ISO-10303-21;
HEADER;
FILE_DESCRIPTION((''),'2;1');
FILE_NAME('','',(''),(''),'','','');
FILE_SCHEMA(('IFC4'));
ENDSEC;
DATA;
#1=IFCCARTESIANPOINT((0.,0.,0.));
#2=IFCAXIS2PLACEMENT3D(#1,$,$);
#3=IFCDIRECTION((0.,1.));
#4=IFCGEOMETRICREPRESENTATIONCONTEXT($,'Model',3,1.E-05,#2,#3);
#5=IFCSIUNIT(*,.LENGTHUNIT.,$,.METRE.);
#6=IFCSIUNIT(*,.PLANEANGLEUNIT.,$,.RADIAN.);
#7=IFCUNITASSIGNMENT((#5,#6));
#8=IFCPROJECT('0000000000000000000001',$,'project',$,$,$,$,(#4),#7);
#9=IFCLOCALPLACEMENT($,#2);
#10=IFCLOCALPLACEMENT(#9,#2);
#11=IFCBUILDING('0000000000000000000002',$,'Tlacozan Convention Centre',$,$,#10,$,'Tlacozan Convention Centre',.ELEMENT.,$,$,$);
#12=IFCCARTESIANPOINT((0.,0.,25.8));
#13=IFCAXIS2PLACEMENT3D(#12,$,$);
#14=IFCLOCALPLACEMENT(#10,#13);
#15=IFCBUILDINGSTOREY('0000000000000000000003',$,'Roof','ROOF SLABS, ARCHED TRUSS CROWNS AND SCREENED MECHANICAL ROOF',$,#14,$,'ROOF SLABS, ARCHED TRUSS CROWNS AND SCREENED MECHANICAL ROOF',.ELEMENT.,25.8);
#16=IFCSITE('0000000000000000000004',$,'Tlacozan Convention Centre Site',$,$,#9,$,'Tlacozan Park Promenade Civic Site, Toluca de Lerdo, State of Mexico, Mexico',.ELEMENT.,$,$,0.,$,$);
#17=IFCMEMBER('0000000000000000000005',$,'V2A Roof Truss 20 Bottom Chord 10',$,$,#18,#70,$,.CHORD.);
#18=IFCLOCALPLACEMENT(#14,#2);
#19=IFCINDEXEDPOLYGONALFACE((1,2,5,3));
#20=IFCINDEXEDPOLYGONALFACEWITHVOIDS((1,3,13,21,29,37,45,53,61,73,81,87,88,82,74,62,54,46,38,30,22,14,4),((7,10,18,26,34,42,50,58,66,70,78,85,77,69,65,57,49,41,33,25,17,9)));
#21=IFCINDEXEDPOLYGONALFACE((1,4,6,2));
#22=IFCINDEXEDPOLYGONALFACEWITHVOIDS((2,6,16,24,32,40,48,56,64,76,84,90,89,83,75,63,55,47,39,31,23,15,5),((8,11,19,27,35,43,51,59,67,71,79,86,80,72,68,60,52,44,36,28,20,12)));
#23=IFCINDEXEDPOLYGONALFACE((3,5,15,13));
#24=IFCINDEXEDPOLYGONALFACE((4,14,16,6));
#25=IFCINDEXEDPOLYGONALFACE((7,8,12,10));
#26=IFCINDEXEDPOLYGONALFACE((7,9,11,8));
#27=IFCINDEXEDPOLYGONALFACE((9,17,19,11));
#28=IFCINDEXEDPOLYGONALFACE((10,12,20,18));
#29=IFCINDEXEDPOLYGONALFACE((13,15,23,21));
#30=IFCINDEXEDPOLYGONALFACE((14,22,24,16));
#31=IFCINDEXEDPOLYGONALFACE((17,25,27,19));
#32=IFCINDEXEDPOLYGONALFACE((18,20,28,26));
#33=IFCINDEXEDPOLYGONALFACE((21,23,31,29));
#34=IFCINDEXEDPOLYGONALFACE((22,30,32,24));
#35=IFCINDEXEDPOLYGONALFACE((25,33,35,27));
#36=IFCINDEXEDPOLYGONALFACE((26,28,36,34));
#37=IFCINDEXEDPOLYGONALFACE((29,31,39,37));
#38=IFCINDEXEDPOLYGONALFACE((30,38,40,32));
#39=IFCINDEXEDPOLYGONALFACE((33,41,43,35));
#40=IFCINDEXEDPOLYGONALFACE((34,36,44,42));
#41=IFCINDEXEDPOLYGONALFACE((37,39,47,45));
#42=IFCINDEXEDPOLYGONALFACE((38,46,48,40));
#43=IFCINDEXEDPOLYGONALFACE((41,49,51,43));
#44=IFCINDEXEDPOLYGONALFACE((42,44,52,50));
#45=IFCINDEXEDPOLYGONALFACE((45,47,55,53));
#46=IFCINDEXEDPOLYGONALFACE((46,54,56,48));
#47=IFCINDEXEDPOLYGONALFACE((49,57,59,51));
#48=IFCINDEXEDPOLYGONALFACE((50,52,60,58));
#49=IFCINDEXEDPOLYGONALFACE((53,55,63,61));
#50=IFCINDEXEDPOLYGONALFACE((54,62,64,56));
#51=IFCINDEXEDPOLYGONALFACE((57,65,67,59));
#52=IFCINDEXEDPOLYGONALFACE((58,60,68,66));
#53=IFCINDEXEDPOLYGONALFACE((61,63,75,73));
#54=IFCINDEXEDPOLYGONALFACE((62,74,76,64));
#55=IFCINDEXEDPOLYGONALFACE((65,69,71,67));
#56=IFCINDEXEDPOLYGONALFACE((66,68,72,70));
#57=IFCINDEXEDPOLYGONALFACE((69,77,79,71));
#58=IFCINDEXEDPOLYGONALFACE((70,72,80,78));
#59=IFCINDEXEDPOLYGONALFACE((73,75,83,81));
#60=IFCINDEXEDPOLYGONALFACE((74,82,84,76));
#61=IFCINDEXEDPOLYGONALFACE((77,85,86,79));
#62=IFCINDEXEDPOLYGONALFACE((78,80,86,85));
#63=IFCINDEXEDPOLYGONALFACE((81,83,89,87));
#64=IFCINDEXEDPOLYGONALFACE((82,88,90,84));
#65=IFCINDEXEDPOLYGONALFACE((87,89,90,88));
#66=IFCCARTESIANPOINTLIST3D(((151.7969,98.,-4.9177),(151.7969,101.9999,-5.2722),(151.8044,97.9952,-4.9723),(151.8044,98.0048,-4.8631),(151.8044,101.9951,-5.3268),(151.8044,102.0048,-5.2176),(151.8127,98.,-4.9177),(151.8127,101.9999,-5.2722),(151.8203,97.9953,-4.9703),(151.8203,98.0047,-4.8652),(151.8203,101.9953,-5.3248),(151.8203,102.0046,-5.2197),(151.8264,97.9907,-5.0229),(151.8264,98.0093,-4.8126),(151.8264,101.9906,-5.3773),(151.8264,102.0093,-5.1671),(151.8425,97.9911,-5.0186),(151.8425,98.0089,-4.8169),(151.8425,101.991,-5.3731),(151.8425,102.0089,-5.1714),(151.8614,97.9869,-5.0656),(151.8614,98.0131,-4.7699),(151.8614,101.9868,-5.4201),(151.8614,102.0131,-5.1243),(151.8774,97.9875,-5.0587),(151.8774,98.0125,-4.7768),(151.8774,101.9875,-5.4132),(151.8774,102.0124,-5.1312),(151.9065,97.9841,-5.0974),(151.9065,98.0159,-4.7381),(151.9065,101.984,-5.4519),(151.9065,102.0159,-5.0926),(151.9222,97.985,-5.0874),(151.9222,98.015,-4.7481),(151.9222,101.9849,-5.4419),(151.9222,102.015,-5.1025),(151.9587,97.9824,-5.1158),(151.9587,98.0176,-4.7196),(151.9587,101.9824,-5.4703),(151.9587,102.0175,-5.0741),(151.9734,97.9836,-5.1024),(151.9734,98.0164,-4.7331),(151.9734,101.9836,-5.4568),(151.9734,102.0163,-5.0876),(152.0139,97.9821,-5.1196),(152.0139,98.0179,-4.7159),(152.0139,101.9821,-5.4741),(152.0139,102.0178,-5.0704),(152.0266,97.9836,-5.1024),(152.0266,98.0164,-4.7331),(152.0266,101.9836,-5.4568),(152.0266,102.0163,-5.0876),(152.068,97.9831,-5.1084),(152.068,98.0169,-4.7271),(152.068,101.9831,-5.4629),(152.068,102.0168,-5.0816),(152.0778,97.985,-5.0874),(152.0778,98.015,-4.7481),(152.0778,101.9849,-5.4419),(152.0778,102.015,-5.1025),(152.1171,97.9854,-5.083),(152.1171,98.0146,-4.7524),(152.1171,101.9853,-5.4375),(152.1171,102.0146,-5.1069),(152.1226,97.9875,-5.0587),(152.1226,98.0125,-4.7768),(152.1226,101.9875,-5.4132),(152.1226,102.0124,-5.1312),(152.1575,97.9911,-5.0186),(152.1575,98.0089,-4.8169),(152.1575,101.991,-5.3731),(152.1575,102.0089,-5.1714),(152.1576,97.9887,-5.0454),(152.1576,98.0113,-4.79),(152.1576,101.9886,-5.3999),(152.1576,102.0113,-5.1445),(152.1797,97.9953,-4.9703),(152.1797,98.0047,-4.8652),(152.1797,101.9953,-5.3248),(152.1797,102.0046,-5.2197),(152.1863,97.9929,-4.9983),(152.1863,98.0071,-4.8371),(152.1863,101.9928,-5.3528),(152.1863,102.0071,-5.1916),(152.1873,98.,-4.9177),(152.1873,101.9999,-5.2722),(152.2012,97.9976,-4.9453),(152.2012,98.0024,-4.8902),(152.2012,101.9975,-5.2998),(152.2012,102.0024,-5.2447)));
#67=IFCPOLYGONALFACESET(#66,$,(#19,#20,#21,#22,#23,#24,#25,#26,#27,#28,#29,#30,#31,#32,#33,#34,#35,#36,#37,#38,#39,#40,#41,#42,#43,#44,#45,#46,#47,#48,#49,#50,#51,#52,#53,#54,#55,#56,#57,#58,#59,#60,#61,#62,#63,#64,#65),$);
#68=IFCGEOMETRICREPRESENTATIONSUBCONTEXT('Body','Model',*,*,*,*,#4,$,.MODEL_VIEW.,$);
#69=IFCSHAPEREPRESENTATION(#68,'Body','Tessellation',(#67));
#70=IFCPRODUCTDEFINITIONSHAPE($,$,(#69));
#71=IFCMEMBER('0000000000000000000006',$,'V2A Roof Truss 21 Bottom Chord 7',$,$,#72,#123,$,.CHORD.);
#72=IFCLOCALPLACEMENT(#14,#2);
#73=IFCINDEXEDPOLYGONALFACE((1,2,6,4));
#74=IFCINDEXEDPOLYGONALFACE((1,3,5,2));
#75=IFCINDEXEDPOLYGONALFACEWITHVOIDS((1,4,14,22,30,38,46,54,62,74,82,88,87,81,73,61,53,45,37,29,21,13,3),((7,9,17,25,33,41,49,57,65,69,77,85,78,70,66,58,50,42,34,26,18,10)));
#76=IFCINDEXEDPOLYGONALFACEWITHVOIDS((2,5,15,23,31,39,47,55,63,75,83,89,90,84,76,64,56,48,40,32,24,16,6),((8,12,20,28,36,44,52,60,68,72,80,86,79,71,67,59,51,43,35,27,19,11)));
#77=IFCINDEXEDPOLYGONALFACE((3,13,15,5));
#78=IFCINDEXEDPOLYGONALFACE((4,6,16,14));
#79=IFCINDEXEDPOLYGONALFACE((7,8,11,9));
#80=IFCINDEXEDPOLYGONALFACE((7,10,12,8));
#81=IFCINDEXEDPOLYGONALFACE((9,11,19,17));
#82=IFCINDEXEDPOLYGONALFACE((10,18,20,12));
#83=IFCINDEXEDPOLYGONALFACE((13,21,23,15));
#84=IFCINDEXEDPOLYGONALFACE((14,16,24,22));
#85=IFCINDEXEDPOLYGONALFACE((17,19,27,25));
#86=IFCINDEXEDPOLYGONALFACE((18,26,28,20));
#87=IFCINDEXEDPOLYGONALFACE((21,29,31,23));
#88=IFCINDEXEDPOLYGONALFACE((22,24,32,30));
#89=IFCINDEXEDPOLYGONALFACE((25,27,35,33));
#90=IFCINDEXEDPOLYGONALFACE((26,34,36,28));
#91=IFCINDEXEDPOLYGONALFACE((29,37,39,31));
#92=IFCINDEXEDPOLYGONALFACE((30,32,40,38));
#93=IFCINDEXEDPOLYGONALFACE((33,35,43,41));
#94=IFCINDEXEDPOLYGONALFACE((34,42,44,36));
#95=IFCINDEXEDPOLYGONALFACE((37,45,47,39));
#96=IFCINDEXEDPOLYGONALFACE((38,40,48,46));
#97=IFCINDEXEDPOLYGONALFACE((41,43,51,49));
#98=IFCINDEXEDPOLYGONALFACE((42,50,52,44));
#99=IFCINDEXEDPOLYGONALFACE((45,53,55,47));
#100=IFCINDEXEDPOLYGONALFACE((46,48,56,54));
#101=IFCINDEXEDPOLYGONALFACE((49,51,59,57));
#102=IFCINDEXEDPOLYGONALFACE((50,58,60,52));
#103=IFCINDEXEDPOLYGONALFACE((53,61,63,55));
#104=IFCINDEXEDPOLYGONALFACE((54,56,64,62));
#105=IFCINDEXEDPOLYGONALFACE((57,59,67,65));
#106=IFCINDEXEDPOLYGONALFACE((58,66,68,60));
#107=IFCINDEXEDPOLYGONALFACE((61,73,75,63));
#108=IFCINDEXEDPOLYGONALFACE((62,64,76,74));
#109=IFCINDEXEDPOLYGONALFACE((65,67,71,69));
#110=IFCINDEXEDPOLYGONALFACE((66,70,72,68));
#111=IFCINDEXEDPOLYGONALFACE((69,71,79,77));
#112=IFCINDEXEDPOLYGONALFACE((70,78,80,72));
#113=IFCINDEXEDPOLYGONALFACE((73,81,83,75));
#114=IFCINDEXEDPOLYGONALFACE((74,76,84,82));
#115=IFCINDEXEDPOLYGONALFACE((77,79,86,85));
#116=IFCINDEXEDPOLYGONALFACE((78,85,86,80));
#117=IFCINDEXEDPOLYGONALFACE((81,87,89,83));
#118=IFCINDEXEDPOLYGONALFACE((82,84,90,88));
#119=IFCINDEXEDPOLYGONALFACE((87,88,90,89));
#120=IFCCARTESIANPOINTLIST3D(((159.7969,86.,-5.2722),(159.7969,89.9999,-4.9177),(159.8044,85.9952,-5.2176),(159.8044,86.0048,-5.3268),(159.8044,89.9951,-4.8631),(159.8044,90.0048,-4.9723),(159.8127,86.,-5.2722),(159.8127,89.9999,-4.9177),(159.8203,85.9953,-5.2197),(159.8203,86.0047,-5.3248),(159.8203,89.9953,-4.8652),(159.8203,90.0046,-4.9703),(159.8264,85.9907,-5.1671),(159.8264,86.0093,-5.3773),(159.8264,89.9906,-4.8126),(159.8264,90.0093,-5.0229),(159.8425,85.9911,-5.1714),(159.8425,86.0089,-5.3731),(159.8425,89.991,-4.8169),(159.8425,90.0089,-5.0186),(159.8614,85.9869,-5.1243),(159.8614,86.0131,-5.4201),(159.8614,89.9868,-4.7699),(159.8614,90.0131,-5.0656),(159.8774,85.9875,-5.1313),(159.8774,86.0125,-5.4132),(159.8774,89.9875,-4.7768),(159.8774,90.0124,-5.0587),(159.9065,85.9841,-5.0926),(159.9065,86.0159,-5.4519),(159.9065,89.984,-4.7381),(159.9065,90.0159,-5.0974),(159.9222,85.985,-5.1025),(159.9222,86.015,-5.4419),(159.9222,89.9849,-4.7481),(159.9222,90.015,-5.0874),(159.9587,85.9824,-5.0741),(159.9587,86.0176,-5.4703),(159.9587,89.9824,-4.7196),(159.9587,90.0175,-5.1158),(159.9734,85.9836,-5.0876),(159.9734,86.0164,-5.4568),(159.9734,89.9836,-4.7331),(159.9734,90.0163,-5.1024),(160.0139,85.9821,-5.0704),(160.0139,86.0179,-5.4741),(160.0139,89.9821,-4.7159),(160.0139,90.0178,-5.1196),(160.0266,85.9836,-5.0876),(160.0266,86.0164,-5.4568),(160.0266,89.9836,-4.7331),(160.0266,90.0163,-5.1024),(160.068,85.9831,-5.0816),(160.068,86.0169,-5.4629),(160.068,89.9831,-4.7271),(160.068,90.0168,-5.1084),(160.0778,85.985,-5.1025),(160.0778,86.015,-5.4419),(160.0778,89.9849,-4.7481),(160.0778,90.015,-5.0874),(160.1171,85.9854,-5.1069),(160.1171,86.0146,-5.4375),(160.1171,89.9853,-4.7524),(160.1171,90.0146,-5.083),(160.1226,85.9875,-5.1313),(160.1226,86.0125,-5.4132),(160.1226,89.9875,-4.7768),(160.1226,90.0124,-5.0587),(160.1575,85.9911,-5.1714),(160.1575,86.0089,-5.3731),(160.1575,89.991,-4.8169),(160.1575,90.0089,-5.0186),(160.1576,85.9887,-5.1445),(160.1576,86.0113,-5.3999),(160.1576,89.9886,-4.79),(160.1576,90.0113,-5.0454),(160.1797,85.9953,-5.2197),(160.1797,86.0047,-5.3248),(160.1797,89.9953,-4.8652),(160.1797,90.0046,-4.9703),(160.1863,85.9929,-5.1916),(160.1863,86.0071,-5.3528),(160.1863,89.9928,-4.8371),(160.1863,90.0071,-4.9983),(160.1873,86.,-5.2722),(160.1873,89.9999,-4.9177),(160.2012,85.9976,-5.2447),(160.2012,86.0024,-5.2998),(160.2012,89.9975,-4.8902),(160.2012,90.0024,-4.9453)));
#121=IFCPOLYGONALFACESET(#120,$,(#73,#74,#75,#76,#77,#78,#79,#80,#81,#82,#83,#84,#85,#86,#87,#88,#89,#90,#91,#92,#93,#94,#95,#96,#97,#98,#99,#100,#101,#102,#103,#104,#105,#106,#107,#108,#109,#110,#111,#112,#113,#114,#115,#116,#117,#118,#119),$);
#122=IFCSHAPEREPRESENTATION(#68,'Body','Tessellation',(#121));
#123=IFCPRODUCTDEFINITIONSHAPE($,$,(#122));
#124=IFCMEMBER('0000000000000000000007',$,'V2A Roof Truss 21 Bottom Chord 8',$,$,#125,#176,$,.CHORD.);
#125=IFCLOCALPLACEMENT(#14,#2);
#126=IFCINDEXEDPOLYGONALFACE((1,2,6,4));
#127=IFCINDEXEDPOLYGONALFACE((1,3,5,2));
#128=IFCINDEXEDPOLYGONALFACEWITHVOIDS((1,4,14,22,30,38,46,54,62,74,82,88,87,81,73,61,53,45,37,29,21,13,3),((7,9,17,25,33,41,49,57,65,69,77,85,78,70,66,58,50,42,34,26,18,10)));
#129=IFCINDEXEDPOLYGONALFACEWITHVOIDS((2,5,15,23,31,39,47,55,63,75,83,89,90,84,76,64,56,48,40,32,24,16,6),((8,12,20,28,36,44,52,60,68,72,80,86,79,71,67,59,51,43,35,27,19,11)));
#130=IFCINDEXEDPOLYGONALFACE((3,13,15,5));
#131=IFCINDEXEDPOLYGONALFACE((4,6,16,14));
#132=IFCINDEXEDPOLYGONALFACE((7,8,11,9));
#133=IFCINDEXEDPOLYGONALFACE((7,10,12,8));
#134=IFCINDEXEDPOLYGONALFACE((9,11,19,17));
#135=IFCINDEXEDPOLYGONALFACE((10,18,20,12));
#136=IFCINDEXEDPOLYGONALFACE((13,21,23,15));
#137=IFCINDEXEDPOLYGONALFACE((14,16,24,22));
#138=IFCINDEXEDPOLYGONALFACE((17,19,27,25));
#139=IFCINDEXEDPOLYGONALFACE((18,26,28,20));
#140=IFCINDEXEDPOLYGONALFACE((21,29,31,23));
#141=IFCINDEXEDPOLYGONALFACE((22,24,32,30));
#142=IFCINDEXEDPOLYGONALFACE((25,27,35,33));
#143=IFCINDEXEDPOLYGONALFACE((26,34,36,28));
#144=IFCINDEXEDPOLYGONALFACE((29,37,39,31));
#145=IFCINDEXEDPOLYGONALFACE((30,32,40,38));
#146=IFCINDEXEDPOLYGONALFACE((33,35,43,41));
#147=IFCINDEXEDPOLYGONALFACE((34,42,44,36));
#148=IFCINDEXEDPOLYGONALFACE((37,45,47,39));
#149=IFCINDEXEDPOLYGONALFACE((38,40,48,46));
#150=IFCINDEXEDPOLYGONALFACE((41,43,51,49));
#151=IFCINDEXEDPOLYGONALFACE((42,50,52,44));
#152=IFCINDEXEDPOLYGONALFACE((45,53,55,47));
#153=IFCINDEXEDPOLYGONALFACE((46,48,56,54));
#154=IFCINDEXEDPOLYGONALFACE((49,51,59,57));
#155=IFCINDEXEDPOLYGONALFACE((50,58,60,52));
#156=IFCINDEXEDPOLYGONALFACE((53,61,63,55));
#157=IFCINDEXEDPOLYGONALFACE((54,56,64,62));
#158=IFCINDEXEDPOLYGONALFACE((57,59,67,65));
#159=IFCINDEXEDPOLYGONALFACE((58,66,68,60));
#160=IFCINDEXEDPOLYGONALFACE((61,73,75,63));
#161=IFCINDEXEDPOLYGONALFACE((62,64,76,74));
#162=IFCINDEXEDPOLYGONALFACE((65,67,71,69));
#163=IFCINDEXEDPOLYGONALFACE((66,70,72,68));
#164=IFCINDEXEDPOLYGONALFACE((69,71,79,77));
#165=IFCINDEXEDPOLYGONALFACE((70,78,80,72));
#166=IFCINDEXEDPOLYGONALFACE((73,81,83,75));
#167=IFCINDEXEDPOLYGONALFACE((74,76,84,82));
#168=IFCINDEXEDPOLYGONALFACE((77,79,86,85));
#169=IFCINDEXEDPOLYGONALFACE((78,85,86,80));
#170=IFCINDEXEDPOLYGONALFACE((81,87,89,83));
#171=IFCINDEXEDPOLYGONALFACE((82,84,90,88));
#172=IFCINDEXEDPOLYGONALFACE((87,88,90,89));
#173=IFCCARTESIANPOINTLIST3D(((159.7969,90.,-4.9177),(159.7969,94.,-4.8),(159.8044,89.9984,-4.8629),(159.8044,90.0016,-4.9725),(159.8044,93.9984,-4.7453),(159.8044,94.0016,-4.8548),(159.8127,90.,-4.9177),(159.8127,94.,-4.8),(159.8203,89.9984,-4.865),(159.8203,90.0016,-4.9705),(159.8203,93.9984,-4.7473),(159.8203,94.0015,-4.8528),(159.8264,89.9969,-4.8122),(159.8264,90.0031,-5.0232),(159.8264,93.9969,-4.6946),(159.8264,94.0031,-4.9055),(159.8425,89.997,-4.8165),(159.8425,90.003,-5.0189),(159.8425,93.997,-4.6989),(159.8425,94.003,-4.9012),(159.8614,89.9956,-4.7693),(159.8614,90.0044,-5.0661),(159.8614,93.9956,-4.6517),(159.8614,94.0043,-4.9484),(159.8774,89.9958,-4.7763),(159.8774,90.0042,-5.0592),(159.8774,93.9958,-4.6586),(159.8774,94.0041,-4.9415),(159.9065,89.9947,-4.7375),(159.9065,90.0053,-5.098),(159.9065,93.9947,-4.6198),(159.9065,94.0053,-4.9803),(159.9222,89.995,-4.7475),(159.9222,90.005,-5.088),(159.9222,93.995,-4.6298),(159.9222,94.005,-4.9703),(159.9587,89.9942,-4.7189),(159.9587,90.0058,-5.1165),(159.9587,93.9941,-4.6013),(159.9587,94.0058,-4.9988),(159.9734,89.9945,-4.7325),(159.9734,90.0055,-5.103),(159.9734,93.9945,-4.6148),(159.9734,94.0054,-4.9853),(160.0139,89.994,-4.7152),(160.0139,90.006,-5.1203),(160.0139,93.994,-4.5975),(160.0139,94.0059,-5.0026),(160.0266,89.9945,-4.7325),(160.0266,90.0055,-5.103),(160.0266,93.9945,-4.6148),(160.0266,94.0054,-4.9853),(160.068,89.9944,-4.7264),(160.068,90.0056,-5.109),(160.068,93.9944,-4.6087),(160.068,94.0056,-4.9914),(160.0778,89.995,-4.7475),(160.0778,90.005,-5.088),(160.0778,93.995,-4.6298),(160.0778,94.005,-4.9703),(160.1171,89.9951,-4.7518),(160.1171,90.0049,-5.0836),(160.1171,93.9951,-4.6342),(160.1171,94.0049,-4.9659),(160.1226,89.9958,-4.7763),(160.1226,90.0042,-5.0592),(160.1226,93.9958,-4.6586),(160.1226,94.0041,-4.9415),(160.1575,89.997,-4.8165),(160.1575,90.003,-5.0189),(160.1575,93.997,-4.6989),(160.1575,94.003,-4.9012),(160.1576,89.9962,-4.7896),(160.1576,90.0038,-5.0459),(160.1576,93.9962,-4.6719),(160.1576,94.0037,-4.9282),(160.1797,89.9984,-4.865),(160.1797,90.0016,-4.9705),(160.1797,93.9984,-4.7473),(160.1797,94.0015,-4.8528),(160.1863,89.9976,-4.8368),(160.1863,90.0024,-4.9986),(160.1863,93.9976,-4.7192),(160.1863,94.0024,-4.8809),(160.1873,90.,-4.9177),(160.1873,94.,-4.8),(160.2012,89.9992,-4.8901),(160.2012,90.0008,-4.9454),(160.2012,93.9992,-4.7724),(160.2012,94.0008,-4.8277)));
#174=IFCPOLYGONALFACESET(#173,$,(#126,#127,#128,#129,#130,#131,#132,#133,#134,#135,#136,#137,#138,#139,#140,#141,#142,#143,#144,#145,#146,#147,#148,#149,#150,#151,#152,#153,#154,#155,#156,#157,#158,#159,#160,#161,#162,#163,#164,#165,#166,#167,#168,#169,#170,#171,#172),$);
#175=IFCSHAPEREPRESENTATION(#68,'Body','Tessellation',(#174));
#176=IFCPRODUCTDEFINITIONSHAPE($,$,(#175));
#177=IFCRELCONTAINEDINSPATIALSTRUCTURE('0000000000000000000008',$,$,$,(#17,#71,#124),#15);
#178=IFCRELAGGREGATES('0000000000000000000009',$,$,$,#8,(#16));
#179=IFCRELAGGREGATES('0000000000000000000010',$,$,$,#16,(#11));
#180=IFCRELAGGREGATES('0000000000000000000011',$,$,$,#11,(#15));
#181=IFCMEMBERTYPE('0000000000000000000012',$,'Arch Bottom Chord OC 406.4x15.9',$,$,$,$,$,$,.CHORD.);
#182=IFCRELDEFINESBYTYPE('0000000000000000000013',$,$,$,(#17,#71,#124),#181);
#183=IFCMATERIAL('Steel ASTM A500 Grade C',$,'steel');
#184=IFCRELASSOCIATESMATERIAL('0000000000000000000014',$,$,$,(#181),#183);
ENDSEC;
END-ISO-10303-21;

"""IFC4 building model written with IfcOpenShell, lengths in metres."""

from ifc_helpers import new_model, si_unit, direction, frame, origin, origin_2d, place, context, subcontext, project, spatial, hollow_circle, extrude, material, material_profile, profile_set, type_object, element, save


model = new_model("IFC4")

# Units and contexts
model_context = context("Model", 3, precision=1e-05, world=origin(), true_north=direction((0.0, 1.0)))
body_context = subcontext(model_context, "Body", "Model", "MODEL_VIEW")
ifc_project = project(units=[si_unit("LENGTHUNIT", "METRE"), si_unit("PLANEANGLEUNIT", "RADIAN")], contexts=[model_context])

# Site, building, storey
site_placement = place(None, origin())
site = spatial("IfcSite", under=ifc_project, at=site_placement, Name="Tlacozan Convention Centre Site", LongName="Tlacozan Park Promenade Civic Site, Toluca de Lerdo, State of Mexico, Mexico", CompositionType="ELEMENT", RefElevation=0.0)
building_placement = place(site_placement, origin())
building = spatial("IfcBuilding", under=site, at=building_placement, Name="Tlacozan Convention Centre", LongName="Tlacozan Convention Centre", CompositionType="ELEMENT")
storey_placement = place(building_placement, frame((0.0, 0.0, 25.8)))
storey = spatial("IfcBuildingStorey", under=building, at=storey_placement, Name="Roof", Description="ROOF SLABS, ARCHED TRUSS CROWNS AND SCREENED MECHANICAL ROOF", LongName="ROOF SLABS, ARCHED TRUSS CROWNS AND SCREENED MECHANICAL ROOF", CompositionType="ELEMENT", Elevation=25.8)

# Members
ifc_material_1 = material(Name="Steel ASTM A500 Grade C", Category="steel")
ifc_material_profile_1 = material_profile(ifc_material_1, hollow_circle(Radius=0.2031, WallThickness=0.0159, at=origin_2d()), Name="OC 406.4x15.9")
ifc_profile_set_1 = profile_set([ifc_material_profile_1], Name="Steel ASTM A500 Grade C")
member_type_1 = type_object("IfcMemberType", Name="Arch Bottom Chord OC 406.4x15.9", PredefinedType="CHORD", material=ifc_profile_set_1)
for number, where, z_axis, x_axis, name in (
    (1, (152.0, 98.0, -4.9177), (0.0, 0.996096, -0.088277), (-1.0, 0.0, 0.0), "V2A Roof Truss 20 Bottom Chord 10"),
    (2, (160.0, 86.0, -5.2722), (0.0, 0.996096, 0.088277), (-1.0, 0.0, 0.0), "V2A Roof Truss 21 Bottom Chord 7"),
):
    element("IfcMember", number, at=place(storey_placement, frame(where, z_axis=z_axis, x_axis=x_axis)), inside=storey, type_object=member_type_1, Name=name, PredefinedType="CHORD", context=body_context, shape_type="SweptSolid", body=[
        extrude(hollow_circle(Radius=0.2031, WallThickness=0.0159, at=origin_2d()), origin(), (0.0, 0.0, 1.0), 4.0156),
    ])
for number, where, z_axis, x_axis, name in (
    (3, (160.0, 90.0, -4.9177), (0.0, 0.999568, 0.029406), (-1.0, 0.0, 0.0), "V2A Roof Truss 21 Bottom Chord 8"),
):
    element("IfcMember", number, at=place(storey_placement, frame(where, z_axis=z_axis, x_axis=x_axis)), inside=storey, type_object=member_type_1, Name=name, PredefinedType="CHORD", context=body_context, shape_type="SweptSolid", body=[
        extrude(hollow_circle(Radius=0.2031, WallThickness=0.0159, at=origin_2d()), origin(), (0.0, 0.0, 1.0), 4.0017),
    ])

save(model, "model.ifc")
